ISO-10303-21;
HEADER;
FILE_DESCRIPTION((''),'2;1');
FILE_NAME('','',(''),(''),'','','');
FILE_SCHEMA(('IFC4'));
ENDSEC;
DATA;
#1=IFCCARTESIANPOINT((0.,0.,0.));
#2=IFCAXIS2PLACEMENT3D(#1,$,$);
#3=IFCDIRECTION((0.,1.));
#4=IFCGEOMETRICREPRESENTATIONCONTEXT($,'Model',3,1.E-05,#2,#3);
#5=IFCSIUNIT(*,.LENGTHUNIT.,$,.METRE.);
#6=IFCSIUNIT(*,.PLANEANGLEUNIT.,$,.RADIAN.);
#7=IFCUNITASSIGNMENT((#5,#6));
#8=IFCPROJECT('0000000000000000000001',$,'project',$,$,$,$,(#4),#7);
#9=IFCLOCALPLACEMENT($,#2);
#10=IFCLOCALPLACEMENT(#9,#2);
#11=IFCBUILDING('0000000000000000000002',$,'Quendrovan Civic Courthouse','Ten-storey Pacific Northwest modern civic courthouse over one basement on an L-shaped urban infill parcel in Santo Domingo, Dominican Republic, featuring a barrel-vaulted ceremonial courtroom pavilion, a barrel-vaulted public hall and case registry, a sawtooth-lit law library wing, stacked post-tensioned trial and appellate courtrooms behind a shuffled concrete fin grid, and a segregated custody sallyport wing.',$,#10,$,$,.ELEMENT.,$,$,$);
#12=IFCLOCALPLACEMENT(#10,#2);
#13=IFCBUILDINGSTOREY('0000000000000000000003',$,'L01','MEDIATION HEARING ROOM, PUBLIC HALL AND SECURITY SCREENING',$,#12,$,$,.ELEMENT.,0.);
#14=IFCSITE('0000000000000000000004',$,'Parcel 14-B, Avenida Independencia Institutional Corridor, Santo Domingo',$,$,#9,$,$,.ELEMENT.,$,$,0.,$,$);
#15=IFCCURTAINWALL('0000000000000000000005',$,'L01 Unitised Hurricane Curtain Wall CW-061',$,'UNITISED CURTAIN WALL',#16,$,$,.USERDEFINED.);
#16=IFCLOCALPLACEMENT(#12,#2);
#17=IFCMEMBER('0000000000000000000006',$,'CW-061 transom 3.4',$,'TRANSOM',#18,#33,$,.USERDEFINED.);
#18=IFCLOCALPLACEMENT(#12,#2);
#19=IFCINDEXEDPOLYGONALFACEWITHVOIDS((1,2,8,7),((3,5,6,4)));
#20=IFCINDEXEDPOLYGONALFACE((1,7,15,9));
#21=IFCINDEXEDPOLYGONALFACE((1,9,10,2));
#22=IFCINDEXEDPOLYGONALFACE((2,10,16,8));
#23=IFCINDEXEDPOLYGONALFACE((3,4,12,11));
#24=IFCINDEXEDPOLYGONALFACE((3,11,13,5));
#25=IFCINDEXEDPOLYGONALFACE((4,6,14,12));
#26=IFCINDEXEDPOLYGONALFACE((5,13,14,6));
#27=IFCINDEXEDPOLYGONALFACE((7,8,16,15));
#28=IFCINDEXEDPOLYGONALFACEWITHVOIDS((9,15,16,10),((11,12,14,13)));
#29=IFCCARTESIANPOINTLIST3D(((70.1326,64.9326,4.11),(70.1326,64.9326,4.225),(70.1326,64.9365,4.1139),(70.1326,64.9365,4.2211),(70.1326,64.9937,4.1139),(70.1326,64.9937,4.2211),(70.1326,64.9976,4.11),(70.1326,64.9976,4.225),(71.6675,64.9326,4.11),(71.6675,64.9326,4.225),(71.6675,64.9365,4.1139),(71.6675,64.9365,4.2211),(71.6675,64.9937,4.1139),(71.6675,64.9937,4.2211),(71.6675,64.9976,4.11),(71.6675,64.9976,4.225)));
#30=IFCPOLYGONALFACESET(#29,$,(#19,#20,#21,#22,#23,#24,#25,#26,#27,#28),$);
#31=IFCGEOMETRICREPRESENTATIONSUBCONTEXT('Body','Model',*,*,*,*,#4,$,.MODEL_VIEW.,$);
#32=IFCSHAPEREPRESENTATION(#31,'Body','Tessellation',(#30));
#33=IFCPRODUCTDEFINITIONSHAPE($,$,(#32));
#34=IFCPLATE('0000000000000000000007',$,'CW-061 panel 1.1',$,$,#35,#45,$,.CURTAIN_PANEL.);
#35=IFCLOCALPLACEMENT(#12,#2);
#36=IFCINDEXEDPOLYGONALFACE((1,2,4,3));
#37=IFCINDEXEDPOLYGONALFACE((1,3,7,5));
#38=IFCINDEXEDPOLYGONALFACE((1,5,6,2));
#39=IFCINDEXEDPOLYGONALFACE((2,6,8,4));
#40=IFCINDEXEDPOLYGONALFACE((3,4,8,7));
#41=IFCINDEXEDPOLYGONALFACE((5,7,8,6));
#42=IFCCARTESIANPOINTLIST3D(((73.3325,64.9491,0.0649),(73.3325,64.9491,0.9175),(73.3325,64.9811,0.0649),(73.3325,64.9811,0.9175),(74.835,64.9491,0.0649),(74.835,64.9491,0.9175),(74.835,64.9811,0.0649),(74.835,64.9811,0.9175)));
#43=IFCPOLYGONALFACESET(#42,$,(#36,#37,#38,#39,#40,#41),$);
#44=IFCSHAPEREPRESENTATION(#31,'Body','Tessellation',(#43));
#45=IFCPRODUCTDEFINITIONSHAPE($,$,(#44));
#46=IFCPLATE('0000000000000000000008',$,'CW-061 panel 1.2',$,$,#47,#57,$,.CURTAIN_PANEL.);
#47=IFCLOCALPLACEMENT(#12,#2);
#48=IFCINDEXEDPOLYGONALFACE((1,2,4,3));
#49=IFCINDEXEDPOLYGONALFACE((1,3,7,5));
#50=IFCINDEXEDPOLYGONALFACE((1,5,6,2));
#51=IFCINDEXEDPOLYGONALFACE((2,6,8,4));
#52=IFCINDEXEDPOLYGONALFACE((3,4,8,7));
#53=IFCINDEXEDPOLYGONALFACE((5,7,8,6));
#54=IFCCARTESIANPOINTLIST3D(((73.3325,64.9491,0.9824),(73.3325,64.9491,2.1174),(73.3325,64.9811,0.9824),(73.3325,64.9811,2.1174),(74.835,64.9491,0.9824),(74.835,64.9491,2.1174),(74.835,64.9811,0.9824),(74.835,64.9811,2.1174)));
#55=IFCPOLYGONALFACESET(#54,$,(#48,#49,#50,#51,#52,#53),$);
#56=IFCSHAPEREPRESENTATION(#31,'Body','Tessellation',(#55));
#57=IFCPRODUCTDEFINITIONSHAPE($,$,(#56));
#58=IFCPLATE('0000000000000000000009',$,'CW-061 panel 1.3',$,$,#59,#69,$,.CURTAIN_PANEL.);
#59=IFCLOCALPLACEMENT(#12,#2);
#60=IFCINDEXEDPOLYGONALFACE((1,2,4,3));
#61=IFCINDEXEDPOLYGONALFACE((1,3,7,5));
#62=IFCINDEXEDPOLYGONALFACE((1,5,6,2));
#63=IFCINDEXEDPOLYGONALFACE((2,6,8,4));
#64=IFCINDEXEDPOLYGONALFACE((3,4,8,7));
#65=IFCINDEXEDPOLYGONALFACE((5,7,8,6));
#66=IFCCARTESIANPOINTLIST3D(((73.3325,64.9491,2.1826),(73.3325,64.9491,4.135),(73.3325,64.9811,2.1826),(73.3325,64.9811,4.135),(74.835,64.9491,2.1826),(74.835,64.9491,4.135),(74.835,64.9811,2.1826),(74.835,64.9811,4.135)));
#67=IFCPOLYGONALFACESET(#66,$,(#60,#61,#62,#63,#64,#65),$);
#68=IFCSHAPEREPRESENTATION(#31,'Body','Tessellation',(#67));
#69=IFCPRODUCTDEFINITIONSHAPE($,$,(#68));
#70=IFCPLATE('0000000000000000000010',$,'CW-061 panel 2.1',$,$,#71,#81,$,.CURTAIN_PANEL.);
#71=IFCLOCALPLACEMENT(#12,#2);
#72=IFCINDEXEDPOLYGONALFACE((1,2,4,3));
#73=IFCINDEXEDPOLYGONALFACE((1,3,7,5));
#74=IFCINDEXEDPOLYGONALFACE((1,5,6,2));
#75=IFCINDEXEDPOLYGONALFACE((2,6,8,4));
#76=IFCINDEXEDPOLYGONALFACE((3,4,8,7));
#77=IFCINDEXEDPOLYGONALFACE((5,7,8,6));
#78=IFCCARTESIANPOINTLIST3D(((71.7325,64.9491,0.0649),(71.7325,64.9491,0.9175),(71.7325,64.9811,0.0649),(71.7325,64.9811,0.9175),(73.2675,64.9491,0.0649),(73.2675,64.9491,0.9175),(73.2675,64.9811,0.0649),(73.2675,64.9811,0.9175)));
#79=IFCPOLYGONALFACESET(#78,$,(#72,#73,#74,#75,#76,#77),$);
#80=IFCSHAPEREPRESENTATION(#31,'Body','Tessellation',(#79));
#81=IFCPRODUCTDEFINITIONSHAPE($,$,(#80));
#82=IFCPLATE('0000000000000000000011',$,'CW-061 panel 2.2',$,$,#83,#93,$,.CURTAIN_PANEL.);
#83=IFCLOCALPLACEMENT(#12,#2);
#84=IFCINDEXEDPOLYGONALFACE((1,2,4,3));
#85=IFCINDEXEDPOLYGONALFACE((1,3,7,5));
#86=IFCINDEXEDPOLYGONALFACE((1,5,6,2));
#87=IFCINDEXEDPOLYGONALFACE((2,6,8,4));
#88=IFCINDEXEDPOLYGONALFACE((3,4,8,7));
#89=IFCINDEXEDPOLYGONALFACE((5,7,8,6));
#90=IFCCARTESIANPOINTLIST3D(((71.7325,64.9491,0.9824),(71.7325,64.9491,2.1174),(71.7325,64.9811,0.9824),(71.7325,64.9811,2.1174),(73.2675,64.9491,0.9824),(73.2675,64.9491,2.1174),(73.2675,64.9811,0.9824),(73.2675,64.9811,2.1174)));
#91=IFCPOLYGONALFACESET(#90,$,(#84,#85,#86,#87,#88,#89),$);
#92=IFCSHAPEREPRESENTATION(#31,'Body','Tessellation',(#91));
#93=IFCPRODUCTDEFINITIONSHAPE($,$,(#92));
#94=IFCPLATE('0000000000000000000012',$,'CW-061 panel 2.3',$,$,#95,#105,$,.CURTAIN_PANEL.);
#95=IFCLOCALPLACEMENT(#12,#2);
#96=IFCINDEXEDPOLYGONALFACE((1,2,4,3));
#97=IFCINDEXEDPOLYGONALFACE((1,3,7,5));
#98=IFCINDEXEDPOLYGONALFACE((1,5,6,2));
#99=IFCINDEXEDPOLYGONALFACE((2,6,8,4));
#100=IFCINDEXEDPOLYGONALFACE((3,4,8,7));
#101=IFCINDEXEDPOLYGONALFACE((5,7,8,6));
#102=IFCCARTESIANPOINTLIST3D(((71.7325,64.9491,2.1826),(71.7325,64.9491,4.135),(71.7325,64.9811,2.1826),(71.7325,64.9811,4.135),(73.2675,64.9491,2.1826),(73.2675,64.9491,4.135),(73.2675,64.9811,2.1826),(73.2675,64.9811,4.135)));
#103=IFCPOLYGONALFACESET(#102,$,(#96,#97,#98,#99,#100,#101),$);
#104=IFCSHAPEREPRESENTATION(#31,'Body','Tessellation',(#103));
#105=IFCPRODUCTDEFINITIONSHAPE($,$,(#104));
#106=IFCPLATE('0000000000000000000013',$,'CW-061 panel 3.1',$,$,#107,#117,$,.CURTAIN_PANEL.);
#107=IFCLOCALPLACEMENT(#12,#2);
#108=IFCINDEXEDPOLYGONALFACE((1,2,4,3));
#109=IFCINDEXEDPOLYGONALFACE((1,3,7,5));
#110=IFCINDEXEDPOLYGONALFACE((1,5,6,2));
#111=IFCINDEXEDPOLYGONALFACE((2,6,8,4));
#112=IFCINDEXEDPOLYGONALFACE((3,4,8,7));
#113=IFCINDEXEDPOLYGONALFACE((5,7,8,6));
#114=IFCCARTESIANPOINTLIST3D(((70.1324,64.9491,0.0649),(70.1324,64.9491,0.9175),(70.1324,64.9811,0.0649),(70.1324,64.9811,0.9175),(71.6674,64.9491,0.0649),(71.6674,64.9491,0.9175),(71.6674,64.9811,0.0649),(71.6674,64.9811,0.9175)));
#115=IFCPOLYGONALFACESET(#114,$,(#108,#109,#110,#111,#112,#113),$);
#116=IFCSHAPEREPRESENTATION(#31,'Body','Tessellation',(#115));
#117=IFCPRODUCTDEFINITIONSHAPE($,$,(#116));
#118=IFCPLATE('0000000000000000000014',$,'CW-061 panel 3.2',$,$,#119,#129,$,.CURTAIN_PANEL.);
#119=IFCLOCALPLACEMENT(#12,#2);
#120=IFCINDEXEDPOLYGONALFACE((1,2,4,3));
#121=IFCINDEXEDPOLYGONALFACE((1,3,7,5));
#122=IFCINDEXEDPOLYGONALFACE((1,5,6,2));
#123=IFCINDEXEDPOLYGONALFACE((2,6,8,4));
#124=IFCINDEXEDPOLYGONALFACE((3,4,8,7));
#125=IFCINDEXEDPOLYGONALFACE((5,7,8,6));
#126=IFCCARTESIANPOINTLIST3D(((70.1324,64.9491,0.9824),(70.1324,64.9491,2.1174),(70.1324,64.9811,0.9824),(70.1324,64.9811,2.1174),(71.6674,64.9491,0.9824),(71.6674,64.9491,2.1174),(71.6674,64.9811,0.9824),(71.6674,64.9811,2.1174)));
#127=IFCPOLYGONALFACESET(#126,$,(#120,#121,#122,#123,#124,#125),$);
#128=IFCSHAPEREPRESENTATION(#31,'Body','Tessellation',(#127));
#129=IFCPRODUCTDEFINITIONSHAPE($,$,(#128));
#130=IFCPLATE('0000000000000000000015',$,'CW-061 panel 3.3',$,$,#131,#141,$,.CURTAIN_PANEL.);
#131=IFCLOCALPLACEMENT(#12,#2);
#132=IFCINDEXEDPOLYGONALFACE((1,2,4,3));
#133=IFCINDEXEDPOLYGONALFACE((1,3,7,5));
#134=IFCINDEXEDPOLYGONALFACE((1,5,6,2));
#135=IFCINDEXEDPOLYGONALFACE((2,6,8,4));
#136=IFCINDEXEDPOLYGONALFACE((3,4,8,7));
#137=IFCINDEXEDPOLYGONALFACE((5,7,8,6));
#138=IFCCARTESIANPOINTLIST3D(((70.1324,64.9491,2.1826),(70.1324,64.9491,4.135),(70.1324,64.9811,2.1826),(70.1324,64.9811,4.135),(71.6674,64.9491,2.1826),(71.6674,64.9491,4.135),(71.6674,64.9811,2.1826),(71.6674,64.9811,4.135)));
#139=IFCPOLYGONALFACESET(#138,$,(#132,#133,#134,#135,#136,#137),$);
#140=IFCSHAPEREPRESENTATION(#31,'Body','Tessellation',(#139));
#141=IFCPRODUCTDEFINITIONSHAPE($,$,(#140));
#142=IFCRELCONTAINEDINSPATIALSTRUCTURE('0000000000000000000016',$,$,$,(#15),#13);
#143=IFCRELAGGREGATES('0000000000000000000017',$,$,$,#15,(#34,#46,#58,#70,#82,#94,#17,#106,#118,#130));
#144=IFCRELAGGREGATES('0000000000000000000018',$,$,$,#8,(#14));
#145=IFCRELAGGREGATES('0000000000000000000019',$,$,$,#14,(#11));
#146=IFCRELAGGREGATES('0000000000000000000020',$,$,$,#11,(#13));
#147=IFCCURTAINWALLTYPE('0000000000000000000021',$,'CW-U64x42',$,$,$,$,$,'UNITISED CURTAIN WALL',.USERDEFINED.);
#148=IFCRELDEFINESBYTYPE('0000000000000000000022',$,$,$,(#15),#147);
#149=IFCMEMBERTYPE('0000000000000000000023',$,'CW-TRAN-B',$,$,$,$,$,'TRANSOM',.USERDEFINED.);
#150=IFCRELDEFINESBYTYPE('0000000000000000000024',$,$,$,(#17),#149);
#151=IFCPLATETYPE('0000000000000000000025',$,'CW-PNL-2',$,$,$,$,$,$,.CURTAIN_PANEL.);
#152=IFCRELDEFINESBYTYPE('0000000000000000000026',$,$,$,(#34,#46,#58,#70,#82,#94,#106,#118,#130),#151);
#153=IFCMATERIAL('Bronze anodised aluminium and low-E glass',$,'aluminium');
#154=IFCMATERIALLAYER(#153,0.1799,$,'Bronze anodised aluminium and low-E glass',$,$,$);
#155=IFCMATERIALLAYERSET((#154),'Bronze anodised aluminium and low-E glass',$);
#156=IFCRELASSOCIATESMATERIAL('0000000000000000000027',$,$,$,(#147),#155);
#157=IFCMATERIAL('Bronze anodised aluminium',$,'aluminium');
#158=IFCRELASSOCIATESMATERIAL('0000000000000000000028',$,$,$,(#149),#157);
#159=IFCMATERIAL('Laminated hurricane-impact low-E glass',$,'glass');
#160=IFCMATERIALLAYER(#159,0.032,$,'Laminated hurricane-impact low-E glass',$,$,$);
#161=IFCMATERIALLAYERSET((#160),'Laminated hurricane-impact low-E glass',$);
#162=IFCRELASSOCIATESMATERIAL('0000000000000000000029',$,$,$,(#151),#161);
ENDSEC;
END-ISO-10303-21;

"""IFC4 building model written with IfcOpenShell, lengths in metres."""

from ifc_helpers import new_model, si_unit, direction, frame, origin, origin_2d, place, context, subcontext, project, spatial, rectangle, hollow_rectangle, extrude, material, layer, layer_set, material_profile, profile_set, type_object, element, aggregate, save


model = new_model("IFC4")

# Units and contexts
model_context = context("Model", 3, precision=1e-05, world=origin(), true_north=direction((0.0, 1.0)))
body_context = subcontext(model_context, "Body", "Model", "MODEL_VIEW")
ifc_project = project(units=[si_unit("LENGTHUNIT", "METRE"), si_unit("PLANEANGLEUNIT", "RADIAN")], contexts=[model_context])

# Site, building, storey
site_placement = place(None, origin())
site = spatial("IfcSite", under=ifc_project, at=site_placement, Name="Parcel 14-B, Avenida Independencia Institutional Corridor, Santo Domingo", CompositionType="ELEMENT", RefElevation=0.0)
building_placement = place(site_placement, origin())
building = spatial("IfcBuilding", under=site, at=building_placement, Name="Quendrovan Civic Courthouse", Description="Ten-storey Pacific Northwest modern civic courthouse over one basement on an L-shaped urban infill parcel in Santo Domingo, Dominican Republic, featuring a barrel-vaulted ceremonial courtroom pavilion, a barrel-vaulted public hall and case registry, a sawtooth-lit law library wing, stacked post-tensioned trial and appellate courtrooms behind a shuffled concrete fin grid, and a segregated custody sallyport wing.", CompositionType="ELEMENT")
storey_placement = place(building_placement, origin())
storey = spatial("IfcBuildingStorey", under=building, at=storey_placement, Name="L01", Description="MEDIATION HEARING ROOM, PUBLIC HALL AND SECURITY SCREENING", CompositionType="ELEMENT", Elevation=0.0)

# Curtain wall, member, plates
ifc_material_1 = material(Name="Bronze anodised aluminium and low-E glass", Category="aluminium")
ifc_layer_1 = layer(ifc_material_1, 0.1799, Name="Bronze anodised aluminium and low-E glass")
ifc_layer_set_1 = layer_set([ifc_layer_1], Name="Bronze anodised aluminium and low-E glass")
curtain_wall_type = type_object("IfcCurtainWallType", Name="CW-U64x42", ElementType="UNITISED CURTAIN WALL", PredefinedType="USERDEFINED", material=ifc_layer_set_1)
curtain_wall_placement = place(storey_placement, origin())
curtain_wall = element("IfcCurtainWall", 1, at=curtain_wall_placement, inside=storey, type_object=curtain_wall_type, Name="L01 Unitised Hurricane Curtain Wall CW-061", ObjectType="UNITISED CURTAIN WALL", PredefinedType="USERDEFINED")
ifc_material_2 = material(Name="Bronze anodised aluminium", Category="aluminium")
ifc_material_profile_1 = material_profile(ifc_material_2, hollow_rectangle(XDim=0.0649, YDim=0.115, WallThickness=0.0039, at=origin_2d()), Name="CW-TRAN-65x115")
ifc_profile_set_1 = profile_set([ifc_material_profile_1], Name="Bronze anodised aluminium")
member_type_1 = type_object("IfcMemberType", Name="CW-TRAN-B", ElementType="TRANSOM", PredefinedType="USERDEFINED", material=ifc_profile_set_1)
member_1_placement = place(storey_placement, frame((71.6675, 64.9651, 4.1675), z_axis=(-1.0, 0.0, 0.0), x_axis=(0.0, -1.0, 0.0)))
member_1 = element("IfcMember", 2, at=member_1_placement, type_object=member_type_1, Name="CW-061 transom 3.4", ObjectType="TRANSOM", PredefinedType="USERDEFINED", context=body_context, shape_type="SweptSolid", body=[
    extrude(hollow_rectangle(XDim=0.0649, YDim=0.115, WallThickness=0.0039, at=origin_2d()), origin(), (0.0, 0.0, 1.0), 1.5349),
])
ifc_material_3 = material(Name="Laminated hurricane-impact low-E glass", Category="glass")
ifc_layer_2 = layer(ifc_material_3, 0.032, Name="Laminated hurricane-impact low-E glass")
ifc_layer_set_2 = layer_set([ifc_layer_2], Name="Laminated hurricane-impact low-E glass")
plate_type = type_object("IfcPlateType", Name="CW-PNL-2", PredefinedType="CURTAIN_PANEL", material=ifc_layer_set_2)
plate_1_placement = place(storey_placement, frame((74.0837, 64.9651, 0.0649), z_axis=(0.0, 0.0, 1.0), x_axis=(-1.0, 0.0, 0.0)))
plate_1 = element("IfcPlate", 3, at=plate_1_placement, type_object=plate_type, Name="CW-061 panel 1.1", PredefinedType="CURTAIN_PANEL", context=body_context, shape_type="SweptSolid", body=[
    extrude(rectangle(XDim=1.5024, YDim=0.032, at=origin_2d()), origin(), (0.0, 0.0, 1.0), 0.8525),
])
plate_2_placement = place(storey_placement, frame((74.0837, 64.9651, 0.9824), z_axis=(0.0, 0.0, 1.0), x_axis=(-1.0, 0.0, 0.0)))
plate_2 = element("IfcPlate", 4, at=plate_2_placement, type_object=plate_type, Name="CW-061 panel 1.2", PredefinedType="CURTAIN_PANEL", context=body_context, shape_type="SweptSolid", body=[
    extrude(rectangle(XDim=1.5024, YDim=0.032, at=origin_2d()), origin(), (0.0, 0.0, 1.0), 1.135),
])
plate_3_placement = place(storey_placement, frame((74.0837, 64.9651, 2.1826), z_axis=(0.0, 0.0, 1.0), x_axis=(-1.0, 0.0, 0.0)))
plate_3 = element("IfcPlate", 5, at=plate_3_placement, type_object=plate_type, Name="CW-061 panel 1.3", PredefinedType="CURTAIN_PANEL", context=body_context, shape_type="SweptSolid", body=[
    extrude(rectangle(XDim=1.5024, YDim=0.032, at=origin_2d()), origin(), (0.0, 0.0, 1.0), 1.9524),
])
plate_4_placement = place(storey_placement, frame((72.5, 64.9651, 0.0649), z_axis=(0.0, 0.0, 1.0), x_axis=(-1.0, 0.0, 0.0)))
plate_4 = element("IfcPlate", 6, at=plate_4_placement, type_object=plate_type, Name="CW-061 panel 2.1", PredefinedType="CURTAIN_PANEL", context=body_context, shape_type="SweptSolid", body=[
    extrude(rectangle(XDim=1.5349, YDim=0.032, at=origin_2d()), origin(), (0.0, 0.0, 1.0), 0.8525),
])
plate_5_placement = place(storey_placement, frame((72.5, 64.9651, 0.9824), z_axis=(0.0, 0.0, 1.0), x_axis=(-1.0, 0.0, 0.0)))
plate_5 = element("IfcPlate", 7, at=plate_5_placement, type_object=plate_type, Name="CW-061 panel 2.2", PredefinedType="CURTAIN_PANEL", context=body_context, shape_type="SweptSolid", body=[
    extrude(rectangle(XDim=1.5349, YDim=0.032, at=origin_2d()), origin(), (0.0, 0.0, 1.0), 1.135),
])
plate_6_placement = place(storey_placement, frame((72.5, 64.9651, 2.1826), z_axis=(0.0, 0.0, 1.0), x_axis=(-1.0, 0.0, 0.0)))
plate_6 = element("IfcPlate", 8, at=plate_6_placement, type_object=plate_type, Name="CW-061 panel 2.3", PredefinedType="CURTAIN_PANEL", context=body_context, shape_type="SweptSolid", body=[
    extrude(rectangle(XDim=1.5349, YDim=0.032, at=origin_2d()), origin(), (0.0, 0.0, 1.0), 1.9524),
])
plate_7_placement = place(storey_placement, frame((70.8999, 64.9651, 0.0649), z_axis=(0.0, 0.0, 1.0), x_axis=(-1.0, 0.0, 0.0)))
plate_7 = element("IfcPlate", 9, at=plate_7_placement, type_object=plate_type, Name="CW-061 panel 3.1", PredefinedType="CURTAIN_PANEL", context=body_context, shape_type="SweptSolid", body=[
    extrude(rectangle(XDim=1.5349, YDim=0.032, at=origin_2d()), origin(), (0.0, 0.0, 1.0), 0.8525),
])
plate_8_placement = place(storey_placement, frame((70.8999, 64.9651, 0.9824), z_axis=(0.0, 0.0, 1.0), x_axis=(-1.0, 0.0, 0.0)))
plate_8 = element("IfcPlate", 10, at=plate_8_placement, type_object=plate_type, Name="CW-061 panel 3.2", PredefinedType="CURTAIN_PANEL", context=body_context, shape_type="SweptSolid", body=[
    extrude(rectangle(XDim=1.5349, YDim=0.032, at=origin_2d()), origin(), (0.0, 0.0, 1.0), 1.135),
])
plate_9_placement = place(storey_placement, frame((70.8999, 64.9651, 2.1826), z_axis=(0.0, 0.0, 1.0), x_axis=(-1.0, 0.0, 0.0)))
plate_9 = element("IfcPlate", 11, at=plate_9_placement, type_object=plate_type, Name="CW-061 panel 3.3", PredefinedType="CURTAIN_PANEL", context=body_context, shape_type="SweptSolid", body=[
    extrude(rectangle(XDim=1.5349, YDim=0.032, at=origin_2d()), origin(), (0.0, 0.0, 1.0), 1.9524),
])
aggregate(curtain_wall, [plate_1, plate_2, plate_3, plate_4, plate_5, plate_6, member_1, plate_7, plate_8, plate_9])

save(model, "model.ifc")
